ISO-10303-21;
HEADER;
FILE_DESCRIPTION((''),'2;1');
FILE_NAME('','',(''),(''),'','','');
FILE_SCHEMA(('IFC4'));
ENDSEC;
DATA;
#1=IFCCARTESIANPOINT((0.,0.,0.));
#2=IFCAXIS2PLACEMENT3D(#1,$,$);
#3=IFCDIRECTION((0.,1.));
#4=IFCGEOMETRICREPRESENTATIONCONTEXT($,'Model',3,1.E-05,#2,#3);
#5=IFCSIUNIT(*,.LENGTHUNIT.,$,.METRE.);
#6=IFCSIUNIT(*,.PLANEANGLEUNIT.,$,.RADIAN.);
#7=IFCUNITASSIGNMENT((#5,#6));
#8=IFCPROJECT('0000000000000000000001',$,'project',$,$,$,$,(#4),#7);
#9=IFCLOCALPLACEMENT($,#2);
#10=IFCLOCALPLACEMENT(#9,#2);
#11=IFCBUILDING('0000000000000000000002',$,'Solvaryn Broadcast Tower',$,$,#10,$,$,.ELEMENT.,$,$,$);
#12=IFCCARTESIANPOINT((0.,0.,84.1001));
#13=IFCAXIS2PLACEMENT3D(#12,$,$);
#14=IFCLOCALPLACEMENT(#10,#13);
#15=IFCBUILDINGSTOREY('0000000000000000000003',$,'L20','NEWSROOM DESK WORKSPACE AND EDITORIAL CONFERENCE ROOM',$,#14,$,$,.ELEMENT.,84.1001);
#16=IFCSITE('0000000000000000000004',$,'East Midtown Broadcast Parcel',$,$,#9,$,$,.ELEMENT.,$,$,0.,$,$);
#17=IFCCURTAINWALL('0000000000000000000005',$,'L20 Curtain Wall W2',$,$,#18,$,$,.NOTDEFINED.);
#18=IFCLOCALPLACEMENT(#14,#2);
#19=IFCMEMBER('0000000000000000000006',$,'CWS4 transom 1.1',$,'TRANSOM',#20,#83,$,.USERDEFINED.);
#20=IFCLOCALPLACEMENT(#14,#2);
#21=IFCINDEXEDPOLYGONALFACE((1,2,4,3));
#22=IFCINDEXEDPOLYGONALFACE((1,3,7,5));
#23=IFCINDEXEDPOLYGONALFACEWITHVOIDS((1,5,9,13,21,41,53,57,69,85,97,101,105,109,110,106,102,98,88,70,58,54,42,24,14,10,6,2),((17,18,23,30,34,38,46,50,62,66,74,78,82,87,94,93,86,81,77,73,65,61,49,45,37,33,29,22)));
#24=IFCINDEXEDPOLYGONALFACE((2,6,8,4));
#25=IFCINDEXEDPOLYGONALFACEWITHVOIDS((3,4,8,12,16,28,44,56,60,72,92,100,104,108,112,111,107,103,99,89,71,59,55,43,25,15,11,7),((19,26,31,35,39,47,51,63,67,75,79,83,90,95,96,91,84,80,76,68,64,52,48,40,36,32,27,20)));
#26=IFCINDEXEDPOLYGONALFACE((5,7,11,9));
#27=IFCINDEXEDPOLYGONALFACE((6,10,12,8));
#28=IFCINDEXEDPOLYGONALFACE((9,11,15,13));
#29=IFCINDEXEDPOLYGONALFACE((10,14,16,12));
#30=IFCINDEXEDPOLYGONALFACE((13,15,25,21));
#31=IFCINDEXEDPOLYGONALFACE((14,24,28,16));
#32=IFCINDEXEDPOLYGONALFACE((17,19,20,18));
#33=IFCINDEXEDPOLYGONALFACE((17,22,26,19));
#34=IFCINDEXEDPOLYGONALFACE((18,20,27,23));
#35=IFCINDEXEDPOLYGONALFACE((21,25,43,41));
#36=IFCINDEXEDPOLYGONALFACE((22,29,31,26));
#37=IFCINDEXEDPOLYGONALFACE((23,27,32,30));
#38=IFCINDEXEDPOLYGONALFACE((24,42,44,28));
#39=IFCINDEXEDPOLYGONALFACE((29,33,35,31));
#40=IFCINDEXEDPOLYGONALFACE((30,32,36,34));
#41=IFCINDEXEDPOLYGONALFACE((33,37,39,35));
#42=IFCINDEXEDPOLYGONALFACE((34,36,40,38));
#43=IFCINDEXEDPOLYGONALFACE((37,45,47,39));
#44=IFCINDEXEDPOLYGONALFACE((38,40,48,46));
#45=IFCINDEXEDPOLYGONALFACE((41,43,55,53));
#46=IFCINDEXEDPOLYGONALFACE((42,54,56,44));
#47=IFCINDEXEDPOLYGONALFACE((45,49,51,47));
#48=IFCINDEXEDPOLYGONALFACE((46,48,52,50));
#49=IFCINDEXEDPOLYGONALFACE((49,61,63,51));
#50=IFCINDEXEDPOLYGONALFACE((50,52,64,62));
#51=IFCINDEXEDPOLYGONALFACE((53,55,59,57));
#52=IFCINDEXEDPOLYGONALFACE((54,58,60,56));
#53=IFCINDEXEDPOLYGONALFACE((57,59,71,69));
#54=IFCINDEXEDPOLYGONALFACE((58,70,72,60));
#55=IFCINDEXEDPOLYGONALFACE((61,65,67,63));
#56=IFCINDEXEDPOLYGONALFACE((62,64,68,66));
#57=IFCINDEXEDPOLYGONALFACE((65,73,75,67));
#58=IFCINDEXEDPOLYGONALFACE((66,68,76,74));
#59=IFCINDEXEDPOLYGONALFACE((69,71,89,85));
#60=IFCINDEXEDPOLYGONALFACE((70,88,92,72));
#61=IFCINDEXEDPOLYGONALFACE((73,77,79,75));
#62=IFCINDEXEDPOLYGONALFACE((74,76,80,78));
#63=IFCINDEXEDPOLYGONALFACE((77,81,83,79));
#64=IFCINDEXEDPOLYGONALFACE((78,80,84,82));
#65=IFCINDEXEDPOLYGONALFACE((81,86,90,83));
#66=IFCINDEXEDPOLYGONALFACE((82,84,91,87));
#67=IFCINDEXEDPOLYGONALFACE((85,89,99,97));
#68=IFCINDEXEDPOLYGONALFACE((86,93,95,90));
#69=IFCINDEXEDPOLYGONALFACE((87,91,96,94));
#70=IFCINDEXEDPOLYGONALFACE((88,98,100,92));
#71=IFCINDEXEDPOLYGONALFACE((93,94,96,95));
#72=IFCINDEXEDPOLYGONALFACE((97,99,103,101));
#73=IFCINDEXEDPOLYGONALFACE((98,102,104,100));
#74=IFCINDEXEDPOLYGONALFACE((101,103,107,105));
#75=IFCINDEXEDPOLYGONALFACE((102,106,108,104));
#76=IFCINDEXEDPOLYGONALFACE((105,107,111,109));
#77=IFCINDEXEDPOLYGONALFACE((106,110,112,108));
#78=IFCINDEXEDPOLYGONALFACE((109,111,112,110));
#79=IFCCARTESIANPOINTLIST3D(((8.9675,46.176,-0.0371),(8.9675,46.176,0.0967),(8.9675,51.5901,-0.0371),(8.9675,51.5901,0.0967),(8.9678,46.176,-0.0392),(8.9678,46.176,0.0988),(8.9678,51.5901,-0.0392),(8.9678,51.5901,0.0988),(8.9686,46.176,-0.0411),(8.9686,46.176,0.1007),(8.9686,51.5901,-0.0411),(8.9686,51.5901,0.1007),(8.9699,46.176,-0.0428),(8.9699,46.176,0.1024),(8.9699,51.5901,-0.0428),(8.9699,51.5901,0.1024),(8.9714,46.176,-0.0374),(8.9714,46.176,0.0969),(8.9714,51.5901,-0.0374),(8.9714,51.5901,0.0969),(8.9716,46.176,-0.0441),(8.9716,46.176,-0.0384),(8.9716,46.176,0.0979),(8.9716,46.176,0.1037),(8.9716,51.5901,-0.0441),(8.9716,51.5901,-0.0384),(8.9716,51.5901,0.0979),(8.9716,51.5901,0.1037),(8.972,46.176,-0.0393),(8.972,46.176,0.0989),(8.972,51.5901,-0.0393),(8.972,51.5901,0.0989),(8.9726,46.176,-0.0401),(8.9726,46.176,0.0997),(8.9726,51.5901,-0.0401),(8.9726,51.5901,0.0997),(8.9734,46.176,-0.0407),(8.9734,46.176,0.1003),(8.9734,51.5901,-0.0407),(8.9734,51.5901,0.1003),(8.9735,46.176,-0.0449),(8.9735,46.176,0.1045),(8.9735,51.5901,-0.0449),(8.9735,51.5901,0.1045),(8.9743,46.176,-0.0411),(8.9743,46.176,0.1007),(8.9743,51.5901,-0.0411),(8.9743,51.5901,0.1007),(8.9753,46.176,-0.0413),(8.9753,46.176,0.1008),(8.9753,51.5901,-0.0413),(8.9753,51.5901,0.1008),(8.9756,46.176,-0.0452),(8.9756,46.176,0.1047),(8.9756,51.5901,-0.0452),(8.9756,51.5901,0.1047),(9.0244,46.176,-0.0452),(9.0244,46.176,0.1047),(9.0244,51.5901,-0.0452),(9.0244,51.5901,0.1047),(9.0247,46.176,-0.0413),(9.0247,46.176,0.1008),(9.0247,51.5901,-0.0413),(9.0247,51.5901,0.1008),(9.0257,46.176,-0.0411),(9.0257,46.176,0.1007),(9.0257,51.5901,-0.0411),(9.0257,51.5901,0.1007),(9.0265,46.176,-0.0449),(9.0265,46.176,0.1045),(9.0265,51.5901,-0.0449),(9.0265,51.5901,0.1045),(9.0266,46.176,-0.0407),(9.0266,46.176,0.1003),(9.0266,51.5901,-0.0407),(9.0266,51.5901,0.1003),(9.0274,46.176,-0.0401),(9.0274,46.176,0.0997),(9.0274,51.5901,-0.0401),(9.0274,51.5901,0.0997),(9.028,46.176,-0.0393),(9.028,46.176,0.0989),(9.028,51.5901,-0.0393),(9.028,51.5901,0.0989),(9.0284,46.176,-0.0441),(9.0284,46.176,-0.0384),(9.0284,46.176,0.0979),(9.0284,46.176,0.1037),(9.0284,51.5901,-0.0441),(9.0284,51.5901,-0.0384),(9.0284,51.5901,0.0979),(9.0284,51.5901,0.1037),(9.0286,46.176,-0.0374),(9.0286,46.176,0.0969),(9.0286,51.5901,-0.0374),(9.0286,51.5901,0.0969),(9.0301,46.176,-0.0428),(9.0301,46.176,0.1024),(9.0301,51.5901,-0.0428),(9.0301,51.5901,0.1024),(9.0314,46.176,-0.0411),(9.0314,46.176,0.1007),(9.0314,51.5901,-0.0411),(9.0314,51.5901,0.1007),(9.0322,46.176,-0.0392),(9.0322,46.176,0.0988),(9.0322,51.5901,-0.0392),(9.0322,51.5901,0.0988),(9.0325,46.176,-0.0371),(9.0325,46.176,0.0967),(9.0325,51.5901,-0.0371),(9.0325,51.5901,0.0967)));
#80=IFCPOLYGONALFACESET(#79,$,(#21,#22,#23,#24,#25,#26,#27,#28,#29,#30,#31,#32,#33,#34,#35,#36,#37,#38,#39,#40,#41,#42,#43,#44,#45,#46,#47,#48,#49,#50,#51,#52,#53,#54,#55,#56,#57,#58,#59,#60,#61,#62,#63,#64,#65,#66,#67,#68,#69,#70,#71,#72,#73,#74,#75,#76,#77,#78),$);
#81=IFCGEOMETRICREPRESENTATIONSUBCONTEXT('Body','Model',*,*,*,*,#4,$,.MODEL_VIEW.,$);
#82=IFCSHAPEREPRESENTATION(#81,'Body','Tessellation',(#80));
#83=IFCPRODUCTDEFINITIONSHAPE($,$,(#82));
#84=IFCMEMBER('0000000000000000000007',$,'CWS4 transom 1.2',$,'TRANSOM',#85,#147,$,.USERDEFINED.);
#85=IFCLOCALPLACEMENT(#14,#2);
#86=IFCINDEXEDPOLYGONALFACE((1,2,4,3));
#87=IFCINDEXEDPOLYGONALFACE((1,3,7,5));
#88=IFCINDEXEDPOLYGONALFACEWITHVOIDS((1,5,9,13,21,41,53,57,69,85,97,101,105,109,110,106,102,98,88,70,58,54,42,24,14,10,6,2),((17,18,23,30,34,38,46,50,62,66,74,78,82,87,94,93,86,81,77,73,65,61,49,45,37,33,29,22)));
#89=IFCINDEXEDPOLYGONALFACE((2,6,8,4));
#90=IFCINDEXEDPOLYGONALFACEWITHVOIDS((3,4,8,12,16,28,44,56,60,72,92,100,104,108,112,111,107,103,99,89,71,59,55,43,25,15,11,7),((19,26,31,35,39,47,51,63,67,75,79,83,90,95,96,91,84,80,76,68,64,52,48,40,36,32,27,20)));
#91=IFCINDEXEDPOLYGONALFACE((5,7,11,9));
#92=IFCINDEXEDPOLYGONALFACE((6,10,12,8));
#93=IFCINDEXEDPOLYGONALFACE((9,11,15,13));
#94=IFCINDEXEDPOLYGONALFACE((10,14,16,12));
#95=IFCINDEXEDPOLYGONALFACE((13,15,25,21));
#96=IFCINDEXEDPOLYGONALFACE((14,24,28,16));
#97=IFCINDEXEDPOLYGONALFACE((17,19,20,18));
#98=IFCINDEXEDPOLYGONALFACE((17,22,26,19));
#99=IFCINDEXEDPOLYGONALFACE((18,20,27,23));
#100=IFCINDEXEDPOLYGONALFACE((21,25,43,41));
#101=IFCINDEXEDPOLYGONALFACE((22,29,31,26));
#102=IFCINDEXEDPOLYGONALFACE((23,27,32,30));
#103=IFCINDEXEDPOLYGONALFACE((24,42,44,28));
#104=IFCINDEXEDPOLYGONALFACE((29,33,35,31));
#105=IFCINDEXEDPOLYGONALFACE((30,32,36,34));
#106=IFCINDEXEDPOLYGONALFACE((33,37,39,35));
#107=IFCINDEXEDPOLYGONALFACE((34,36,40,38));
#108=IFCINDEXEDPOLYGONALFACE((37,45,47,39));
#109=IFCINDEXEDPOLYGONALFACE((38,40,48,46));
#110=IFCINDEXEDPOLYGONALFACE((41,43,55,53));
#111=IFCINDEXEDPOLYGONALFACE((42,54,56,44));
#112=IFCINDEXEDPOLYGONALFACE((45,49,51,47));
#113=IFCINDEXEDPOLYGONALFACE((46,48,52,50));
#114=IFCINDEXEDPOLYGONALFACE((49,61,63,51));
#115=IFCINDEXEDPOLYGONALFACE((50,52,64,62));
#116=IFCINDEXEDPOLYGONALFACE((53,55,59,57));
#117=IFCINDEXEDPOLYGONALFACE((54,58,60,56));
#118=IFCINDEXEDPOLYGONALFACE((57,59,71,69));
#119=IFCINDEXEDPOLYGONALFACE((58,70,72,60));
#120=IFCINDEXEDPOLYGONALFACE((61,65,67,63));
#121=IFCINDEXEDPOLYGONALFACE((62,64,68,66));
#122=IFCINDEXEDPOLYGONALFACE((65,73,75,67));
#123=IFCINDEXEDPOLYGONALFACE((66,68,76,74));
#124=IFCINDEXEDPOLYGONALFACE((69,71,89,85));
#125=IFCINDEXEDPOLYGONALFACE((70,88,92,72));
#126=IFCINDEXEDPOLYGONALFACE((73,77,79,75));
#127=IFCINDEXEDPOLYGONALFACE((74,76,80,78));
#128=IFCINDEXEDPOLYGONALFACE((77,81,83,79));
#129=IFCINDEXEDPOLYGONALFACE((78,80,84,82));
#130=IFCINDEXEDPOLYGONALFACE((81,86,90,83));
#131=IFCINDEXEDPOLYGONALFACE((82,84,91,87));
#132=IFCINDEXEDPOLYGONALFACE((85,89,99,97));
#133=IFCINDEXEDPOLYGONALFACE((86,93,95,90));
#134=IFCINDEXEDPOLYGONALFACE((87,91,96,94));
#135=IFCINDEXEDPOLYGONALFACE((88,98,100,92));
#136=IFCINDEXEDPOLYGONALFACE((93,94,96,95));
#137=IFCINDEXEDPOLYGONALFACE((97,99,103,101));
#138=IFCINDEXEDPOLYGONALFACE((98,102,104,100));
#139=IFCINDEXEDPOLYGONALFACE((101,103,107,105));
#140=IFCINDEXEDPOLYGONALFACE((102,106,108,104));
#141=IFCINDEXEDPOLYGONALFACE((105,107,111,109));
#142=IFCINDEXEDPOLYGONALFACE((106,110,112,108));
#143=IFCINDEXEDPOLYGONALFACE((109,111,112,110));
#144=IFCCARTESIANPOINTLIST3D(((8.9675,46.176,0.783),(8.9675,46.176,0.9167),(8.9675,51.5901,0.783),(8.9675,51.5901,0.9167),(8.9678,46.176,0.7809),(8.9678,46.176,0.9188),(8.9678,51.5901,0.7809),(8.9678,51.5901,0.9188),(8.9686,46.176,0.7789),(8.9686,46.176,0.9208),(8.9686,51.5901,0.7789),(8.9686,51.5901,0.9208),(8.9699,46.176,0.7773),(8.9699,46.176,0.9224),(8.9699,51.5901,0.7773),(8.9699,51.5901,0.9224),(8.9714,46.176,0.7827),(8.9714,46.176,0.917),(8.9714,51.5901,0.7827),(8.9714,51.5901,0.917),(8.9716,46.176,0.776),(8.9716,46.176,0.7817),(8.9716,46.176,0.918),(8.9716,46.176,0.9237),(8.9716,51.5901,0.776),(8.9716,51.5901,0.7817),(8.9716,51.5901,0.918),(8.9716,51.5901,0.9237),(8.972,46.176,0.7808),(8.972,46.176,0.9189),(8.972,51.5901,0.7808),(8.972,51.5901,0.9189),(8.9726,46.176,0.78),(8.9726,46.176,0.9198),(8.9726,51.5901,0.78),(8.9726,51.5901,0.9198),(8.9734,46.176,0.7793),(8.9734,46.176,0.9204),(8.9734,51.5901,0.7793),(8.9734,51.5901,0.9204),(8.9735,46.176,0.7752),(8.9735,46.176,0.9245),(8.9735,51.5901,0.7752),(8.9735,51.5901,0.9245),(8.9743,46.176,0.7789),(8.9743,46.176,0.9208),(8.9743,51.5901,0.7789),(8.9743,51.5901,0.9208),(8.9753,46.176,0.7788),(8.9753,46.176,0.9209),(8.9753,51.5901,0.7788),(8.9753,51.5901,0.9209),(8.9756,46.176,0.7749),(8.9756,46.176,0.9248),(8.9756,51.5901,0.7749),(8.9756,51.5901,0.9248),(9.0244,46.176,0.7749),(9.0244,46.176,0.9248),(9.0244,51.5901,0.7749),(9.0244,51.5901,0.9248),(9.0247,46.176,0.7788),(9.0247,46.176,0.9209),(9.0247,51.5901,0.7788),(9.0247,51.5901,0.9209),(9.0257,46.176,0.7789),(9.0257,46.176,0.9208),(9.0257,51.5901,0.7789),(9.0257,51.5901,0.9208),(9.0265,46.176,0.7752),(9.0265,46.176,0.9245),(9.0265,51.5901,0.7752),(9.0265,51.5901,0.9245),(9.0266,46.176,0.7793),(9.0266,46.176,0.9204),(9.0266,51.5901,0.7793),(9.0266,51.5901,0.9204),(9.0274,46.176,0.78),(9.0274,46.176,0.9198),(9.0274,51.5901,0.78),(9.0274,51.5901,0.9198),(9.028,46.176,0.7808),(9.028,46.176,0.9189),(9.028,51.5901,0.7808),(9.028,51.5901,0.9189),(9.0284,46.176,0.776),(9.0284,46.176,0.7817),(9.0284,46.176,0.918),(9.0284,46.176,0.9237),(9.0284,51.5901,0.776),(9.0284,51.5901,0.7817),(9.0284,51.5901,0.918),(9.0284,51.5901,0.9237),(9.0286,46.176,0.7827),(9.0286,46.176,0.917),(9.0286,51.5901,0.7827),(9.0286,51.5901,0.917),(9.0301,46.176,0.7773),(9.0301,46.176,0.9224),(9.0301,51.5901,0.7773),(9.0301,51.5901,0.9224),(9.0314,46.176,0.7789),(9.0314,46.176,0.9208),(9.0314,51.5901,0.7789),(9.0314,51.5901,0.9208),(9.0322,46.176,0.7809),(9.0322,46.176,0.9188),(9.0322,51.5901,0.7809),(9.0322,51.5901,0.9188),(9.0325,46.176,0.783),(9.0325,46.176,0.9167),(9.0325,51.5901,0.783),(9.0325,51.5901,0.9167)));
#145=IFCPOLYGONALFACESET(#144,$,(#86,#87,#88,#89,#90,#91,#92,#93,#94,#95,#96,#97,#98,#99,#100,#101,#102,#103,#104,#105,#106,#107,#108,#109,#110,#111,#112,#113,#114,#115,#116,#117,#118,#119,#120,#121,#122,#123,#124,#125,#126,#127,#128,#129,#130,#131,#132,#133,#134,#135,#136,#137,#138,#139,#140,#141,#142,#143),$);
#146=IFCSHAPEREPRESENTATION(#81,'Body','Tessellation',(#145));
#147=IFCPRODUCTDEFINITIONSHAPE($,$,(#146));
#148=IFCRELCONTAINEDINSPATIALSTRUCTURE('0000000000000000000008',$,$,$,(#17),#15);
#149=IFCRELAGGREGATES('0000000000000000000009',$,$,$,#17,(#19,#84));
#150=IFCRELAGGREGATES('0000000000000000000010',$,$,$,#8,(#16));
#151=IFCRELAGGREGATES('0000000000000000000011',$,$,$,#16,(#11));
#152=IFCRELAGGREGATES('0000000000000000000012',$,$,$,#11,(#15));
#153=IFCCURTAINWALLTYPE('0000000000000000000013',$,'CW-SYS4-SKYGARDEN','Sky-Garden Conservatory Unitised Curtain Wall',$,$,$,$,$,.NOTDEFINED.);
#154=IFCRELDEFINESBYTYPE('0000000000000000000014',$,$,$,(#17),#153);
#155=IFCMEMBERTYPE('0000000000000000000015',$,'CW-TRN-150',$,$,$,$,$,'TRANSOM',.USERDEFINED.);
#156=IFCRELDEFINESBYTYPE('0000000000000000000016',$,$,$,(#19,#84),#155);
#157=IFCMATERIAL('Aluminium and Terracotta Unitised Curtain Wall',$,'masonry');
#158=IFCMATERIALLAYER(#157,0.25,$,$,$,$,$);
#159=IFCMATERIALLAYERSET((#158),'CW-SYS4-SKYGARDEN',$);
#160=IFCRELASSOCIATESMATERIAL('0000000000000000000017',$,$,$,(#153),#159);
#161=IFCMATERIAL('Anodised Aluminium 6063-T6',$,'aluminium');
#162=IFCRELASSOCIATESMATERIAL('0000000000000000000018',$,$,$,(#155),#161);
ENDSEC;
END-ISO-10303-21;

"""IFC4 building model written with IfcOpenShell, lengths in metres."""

from ifc_helpers import new_model, si_unit, direction, frame, origin, origin_2d, place, context, subcontext, project, spatial, hollow_rectangle, extrude, material, layer, layer_set, material_profile, profile_set, type_object, element, aggregate, save


model = new_model("IFC4")

# Units and contexts
model_context = context("Model", 3, precision=1e-05, world=origin(), true_north=direction((0.0, 1.0)))
body_context = subcontext(model_context, "Body", "Model", "MODEL_VIEW")
ifc_project = project(units=[si_unit("LENGTHUNIT", "METRE"), si_unit("PLANEANGLEUNIT", "RADIAN")], contexts=[model_context])

# Site, building, storey
site_placement = place(None, origin())
site = spatial("IfcSite", under=ifc_project, at=site_placement, Name="East Midtown Broadcast Parcel", CompositionType="ELEMENT", RefElevation=0.0)
building_placement = place(site_placement, origin())
building = spatial("IfcBuilding", under=site, at=building_placement, Name="Solvaryn Broadcast Tower", CompositionType="ELEMENT")
storey_placement = place(building_placement, frame((0.0, 0.0, 84.1001)))
storey = spatial("IfcBuildingStorey", under=building, at=storey_placement, Name="L20", Description="NEWSROOM DESK WORKSPACE AND EDITORIAL CONFERENCE ROOM", CompositionType="ELEMENT", Elevation=84.1001)

# Shared definitions
ifc_material_1 = material(Name="Aluminium and Terracotta Unitised Curtain Wall", Category="masonry")
ifc_layer_1 = layer(ifc_material_1, 0.25)
ifc_layer_set_1 = layer_set([ifc_layer_1], Name="CW-SYS4-SKYGARDEN")
curtain_wall_type = type_object("IfcCurtainWallType", Name="CW-SYS4-SKYGARDEN", Description="Sky-Garden Conservatory Unitised Curtain Wall", PredefinedType="NOTDEFINED", material=ifc_layer_set_1)

# Curtain wall
curtain_wall_1_placement = place(storey_placement, origin())
curtain_wall_1 = element("IfcCurtainWall", 1, at=curtain_wall_1_placement, inside=storey, type_object=curtain_wall_type, Name="L20 Curtain Wall W2", PredefinedType="NOTDEFINED")

# Members
ifc_material_2 = material(Name="Anodised Aluminium 6063-T6", Category="aluminium")
ifc_material_profile_1 = material_profile(ifc_material_2, hollow_rectangle(XDim=0.0649, YDim=0.1499, WallThickness=0.0039, InnerFilletRadius=0.0039, OuterFilletRadius=0.0081, at=origin_2d()))
ifc_profile_set_1 = profile_set([ifc_material_profile_1], Name="Anodised Aluminium 6063-T6")
member_type_1 = type_object("IfcMemberType", Name="CW-TRN-150", ElementType="TRANSOM", PredefinedType="USERDEFINED", material=ifc_profile_set_1)
member_1_placement = place(storey_placement, frame((9.0, 46.176, 0.0298), z_axis=(0.0, 1.0, 0.0), x_axis=(-1.0, 0.0, 0.0)))
member_1 = element("IfcMember", 2, at=member_1_placement, type_object=member_type_1, Name="CWS4 transom 1.1", ObjectType="TRANSOM", PredefinedType="USERDEFINED", context=body_context, shape_type="SweptSolid", body=[
    extrude(hollow_rectangle(XDim=0.0649, YDim=0.1499, WallThickness=0.0039, InnerFilletRadius=0.0039, OuterFilletRadius=0.0081, at=origin_2d()), origin(), (0.0, 0.0, 1.0), 5.4141),
])
member_2_placement = place(storey_placement, frame((9.0, 46.176, 0.8499), z_axis=(0.0, 1.0, 0.0), x_axis=(-1.0, 0.0, 0.0)))
member_2 = element("IfcMember", 3, at=member_2_placement, type_object=member_type_1, Name="CWS4 transom 1.2", ObjectType="TRANSOM", PredefinedType="USERDEFINED", context=body_context, shape_type="SweptSolid", body=[
    extrude(hollow_rectangle(XDim=0.0649, YDim=0.1499, WallThickness=0.0039, InnerFilletRadius=0.0039, OuterFilletRadius=0.0081, at=origin_2d()), origin(), (0.0, 0.0, 1.0), 5.4141),
])

aggregate(curtain_wall_1, [member_1, member_2])

save(model, "model.ifc")
